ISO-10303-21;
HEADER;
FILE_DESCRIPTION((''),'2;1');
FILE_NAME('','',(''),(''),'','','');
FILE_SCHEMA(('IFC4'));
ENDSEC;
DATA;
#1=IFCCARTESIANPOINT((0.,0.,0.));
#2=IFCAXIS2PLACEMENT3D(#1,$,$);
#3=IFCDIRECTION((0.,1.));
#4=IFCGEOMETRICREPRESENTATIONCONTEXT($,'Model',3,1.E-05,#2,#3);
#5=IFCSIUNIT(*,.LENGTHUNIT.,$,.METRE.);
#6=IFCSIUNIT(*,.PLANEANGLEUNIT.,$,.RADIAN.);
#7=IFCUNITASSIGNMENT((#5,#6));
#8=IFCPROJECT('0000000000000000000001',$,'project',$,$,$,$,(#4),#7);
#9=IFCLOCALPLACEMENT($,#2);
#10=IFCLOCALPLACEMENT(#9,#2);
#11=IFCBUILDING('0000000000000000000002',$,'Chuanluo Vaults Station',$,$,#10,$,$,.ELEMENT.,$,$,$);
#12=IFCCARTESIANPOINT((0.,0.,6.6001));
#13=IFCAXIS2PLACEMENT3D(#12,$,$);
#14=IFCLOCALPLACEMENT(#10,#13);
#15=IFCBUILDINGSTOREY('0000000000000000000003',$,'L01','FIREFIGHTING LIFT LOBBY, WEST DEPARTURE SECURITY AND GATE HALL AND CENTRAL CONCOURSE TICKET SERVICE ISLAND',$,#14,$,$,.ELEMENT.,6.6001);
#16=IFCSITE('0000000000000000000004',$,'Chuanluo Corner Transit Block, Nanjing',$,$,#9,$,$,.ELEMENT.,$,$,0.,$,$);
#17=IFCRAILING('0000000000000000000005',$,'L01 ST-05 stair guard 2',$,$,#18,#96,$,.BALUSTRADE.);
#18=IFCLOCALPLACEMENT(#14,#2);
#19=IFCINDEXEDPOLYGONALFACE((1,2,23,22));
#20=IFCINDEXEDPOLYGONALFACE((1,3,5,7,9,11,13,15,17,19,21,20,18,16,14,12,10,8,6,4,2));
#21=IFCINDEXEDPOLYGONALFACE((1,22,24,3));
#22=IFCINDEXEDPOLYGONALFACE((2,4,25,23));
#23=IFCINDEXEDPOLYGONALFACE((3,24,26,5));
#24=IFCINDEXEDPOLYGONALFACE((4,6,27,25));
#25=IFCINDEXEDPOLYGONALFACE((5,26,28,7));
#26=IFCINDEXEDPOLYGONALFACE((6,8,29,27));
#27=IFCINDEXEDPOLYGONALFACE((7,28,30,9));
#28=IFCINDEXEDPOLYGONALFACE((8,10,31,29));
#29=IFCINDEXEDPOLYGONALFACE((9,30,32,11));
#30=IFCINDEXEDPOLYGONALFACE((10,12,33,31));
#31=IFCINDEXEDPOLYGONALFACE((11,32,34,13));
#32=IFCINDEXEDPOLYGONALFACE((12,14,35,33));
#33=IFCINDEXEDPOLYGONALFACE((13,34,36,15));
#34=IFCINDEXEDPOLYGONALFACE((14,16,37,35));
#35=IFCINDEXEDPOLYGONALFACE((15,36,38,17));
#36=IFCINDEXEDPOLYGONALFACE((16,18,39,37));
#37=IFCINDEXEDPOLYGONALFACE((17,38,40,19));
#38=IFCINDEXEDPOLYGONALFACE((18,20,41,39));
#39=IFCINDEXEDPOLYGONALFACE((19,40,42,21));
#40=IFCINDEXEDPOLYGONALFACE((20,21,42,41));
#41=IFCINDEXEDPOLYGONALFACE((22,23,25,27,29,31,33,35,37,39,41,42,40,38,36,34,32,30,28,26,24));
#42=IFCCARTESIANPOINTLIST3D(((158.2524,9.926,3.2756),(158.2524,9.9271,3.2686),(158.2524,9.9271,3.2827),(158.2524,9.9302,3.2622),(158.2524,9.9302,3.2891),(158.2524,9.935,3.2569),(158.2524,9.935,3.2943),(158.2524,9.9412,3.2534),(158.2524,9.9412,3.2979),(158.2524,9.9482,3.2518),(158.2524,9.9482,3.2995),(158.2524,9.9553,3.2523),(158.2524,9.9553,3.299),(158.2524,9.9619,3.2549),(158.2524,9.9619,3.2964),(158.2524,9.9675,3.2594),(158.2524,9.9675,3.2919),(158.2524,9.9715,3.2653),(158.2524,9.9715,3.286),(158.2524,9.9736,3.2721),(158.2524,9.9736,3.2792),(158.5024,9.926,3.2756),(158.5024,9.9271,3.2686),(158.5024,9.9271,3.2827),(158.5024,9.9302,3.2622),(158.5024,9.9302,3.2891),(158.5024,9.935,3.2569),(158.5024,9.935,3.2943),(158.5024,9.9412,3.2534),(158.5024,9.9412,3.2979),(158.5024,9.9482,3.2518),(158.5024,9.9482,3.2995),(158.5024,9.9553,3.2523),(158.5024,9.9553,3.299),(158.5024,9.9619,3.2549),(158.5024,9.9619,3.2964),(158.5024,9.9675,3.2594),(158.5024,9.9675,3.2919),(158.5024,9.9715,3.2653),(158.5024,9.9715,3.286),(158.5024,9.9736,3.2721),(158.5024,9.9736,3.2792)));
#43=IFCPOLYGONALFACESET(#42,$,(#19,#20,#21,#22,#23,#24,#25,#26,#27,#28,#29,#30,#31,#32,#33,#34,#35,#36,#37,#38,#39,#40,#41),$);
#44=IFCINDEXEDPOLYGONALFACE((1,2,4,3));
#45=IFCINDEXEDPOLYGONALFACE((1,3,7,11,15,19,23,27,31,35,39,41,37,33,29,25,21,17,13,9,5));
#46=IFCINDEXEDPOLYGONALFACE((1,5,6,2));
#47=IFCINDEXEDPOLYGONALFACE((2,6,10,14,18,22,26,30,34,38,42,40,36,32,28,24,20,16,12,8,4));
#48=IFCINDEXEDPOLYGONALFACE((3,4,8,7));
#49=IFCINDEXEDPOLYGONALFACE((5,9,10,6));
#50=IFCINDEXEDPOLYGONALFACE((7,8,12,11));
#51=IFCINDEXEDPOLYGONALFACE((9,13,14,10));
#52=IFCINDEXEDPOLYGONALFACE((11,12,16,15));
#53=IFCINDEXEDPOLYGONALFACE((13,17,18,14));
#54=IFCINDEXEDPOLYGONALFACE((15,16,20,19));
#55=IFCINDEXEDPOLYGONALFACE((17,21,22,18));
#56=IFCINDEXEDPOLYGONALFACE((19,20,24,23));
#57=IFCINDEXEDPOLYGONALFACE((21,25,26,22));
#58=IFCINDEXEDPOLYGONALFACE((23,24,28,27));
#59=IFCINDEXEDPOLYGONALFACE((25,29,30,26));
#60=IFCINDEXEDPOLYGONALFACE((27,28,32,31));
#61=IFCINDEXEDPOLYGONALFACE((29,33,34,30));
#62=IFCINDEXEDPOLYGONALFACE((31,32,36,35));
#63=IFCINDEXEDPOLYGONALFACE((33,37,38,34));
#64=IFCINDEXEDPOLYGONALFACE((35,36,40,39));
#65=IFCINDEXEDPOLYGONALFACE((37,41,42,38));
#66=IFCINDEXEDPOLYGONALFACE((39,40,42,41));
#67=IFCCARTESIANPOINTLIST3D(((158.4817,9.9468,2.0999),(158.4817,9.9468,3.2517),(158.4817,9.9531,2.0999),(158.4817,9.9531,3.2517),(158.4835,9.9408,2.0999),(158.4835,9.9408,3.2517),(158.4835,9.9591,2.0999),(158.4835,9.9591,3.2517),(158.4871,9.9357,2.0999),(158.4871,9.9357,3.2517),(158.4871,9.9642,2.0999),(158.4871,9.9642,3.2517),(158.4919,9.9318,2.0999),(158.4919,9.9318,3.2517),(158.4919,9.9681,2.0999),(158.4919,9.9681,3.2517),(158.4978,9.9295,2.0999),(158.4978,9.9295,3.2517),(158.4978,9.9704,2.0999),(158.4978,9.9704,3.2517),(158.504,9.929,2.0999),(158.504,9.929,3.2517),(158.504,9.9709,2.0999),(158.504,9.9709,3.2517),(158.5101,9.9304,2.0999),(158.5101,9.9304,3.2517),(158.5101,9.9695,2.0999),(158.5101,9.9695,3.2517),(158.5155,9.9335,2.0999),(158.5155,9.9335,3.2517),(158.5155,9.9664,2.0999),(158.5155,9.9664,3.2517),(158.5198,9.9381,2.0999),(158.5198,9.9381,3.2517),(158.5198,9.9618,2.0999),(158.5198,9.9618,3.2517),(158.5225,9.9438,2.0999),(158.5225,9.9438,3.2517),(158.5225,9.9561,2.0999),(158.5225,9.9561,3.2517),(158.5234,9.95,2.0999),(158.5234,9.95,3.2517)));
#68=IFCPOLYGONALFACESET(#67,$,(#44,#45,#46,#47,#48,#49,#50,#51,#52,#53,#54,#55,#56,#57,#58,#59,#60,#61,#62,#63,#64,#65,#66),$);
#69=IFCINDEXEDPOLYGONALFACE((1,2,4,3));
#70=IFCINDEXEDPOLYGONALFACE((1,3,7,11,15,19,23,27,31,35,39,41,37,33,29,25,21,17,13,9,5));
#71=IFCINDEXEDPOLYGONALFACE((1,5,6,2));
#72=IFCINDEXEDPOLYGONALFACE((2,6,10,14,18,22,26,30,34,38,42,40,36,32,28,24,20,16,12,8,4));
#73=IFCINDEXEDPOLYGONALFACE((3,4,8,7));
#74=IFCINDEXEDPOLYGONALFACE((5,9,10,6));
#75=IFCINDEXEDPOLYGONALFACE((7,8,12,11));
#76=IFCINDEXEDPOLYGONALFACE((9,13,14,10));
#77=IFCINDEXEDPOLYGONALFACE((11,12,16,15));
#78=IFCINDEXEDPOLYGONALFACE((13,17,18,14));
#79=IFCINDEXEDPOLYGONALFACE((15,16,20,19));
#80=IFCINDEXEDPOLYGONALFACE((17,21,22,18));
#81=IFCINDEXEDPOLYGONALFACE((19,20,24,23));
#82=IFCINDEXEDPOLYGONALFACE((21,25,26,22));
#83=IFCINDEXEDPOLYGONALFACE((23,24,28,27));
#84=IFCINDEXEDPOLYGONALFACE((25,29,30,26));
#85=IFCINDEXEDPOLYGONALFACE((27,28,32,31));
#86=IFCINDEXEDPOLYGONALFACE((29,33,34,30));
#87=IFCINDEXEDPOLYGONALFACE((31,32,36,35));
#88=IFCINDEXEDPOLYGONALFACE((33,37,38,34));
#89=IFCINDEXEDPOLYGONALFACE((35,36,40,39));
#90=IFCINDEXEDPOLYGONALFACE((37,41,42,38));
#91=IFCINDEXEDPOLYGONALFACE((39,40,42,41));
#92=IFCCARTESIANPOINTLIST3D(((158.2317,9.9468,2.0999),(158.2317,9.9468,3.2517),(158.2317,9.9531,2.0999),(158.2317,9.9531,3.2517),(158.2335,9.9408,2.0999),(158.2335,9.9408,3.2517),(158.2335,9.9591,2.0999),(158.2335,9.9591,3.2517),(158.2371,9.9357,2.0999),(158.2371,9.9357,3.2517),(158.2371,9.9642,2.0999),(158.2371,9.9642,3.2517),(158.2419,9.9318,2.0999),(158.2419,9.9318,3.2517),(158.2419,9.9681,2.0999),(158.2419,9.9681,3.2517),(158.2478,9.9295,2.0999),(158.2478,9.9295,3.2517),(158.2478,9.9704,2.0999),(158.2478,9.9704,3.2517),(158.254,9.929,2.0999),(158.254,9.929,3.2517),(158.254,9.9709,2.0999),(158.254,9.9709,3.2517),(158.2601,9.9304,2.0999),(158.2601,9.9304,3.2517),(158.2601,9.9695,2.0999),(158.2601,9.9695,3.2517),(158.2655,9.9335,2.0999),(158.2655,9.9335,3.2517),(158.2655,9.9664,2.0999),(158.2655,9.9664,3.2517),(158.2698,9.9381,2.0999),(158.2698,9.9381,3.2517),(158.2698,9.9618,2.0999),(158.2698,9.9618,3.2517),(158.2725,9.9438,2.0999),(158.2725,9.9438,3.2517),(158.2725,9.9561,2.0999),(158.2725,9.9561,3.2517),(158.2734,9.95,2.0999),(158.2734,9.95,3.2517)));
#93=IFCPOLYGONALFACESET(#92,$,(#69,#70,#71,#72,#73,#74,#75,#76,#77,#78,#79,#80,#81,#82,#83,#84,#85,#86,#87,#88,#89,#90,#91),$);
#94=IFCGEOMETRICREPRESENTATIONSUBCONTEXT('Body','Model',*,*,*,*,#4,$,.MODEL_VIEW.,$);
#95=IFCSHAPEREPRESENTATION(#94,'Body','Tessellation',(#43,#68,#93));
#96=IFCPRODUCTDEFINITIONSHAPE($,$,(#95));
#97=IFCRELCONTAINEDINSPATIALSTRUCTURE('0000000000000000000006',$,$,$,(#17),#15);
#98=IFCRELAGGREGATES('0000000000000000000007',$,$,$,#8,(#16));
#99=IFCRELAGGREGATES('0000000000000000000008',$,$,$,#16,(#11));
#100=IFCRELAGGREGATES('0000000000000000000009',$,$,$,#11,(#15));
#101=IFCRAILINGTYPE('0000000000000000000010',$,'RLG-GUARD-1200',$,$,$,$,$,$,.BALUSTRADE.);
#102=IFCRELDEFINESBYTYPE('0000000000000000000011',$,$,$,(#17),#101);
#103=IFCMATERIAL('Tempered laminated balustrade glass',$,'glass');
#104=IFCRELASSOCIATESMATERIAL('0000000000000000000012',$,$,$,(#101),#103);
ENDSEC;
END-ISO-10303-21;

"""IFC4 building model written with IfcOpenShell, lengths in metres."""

from ifc_helpers import new_model, si_unit, direction, frame, origin, origin_2d, place, context, subcontext, project, spatial, circle, extrude, material, type_object, element, save


model = new_model("IFC4")

# Units and contexts
model_context = context("Model", 3, precision=1e-05, world=origin(), true_north=direction((0.0, 1.0)))
body_context = subcontext(model_context, "Body", "Model", "MODEL_VIEW")
ifc_project = project(units=[si_unit("LENGTHUNIT", "METRE"), si_unit("PLANEANGLEUNIT", "RADIAN")], contexts=[model_context])

# Site, building, storey
site_placement = place(None, origin())
site = spatial("IfcSite", under=ifc_project, at=site_placement, Name="Chuanluo Corner Transit Block, Nanjing", CompositionType="ELEMENT", RefElevation=0.0)
building_placement = place(site_placement, origin())
building = spatial("IfcBuilding", under=site, at=building_placement, Name="Chuanluo Vaults Station", CompositionType="ELEMENT")
storey_placement = place(building_placement, frame((0.0, 0.0, 6.6001)))
storey = spatial("IfcBuildingStorey", under=building, at=storey_placement, Name="L01", Description="FIREFIGHTING LIFT LOBBY, WEST DEPARTURE SECURITY AND GATE HALL AND CENTRAL CONCOURSE TICKET SERVICE ISLAND", CompositionType="ELEMENT", Elevation=6.6001)

# Railing
ifc_material_1 = material(Name="Tempered laminated balustrade glass", Category="glass")
railing_type_1 = type_object("IfcRailingType", Name="RLG-GUARD-1200", PredefinedType="BALUSTRADE", material=ifc_material_1)
railing_1_placement = place(storey_placement, frame((158.5024, 9.95, 2.0999)))
element("IfcRailing", 1, at=railing_1_placement, inside=storey, type_object=railing_type_1, Name="L01 ST-05 stair guard 2", PredefinedType="BALUSTRADE", context=body_context, shape_type="SweptSolid", body=[
    extrude(circle(Radius=0.0239, at=origin_2d()), frame((0.0, 0.0, 1.1758), z_axis=(-1.0, 0.0, 0.0), x_axis=(0.0, -1.0, 0.0)), (0.0, 0.0, 1.0), 0.25),
    extrude(circle(Radius=0.021, at=origin_2d()), origin(), (0.0, 0.0, 1.0), 1.1519),
    extrude(circle(Radius=0.021, at=origin_2d()), frame((-0.25, 0.0, 0.0)), (0.0, 0.0, 1.0), 1.1519),
])

save(model, "model.ifc")
